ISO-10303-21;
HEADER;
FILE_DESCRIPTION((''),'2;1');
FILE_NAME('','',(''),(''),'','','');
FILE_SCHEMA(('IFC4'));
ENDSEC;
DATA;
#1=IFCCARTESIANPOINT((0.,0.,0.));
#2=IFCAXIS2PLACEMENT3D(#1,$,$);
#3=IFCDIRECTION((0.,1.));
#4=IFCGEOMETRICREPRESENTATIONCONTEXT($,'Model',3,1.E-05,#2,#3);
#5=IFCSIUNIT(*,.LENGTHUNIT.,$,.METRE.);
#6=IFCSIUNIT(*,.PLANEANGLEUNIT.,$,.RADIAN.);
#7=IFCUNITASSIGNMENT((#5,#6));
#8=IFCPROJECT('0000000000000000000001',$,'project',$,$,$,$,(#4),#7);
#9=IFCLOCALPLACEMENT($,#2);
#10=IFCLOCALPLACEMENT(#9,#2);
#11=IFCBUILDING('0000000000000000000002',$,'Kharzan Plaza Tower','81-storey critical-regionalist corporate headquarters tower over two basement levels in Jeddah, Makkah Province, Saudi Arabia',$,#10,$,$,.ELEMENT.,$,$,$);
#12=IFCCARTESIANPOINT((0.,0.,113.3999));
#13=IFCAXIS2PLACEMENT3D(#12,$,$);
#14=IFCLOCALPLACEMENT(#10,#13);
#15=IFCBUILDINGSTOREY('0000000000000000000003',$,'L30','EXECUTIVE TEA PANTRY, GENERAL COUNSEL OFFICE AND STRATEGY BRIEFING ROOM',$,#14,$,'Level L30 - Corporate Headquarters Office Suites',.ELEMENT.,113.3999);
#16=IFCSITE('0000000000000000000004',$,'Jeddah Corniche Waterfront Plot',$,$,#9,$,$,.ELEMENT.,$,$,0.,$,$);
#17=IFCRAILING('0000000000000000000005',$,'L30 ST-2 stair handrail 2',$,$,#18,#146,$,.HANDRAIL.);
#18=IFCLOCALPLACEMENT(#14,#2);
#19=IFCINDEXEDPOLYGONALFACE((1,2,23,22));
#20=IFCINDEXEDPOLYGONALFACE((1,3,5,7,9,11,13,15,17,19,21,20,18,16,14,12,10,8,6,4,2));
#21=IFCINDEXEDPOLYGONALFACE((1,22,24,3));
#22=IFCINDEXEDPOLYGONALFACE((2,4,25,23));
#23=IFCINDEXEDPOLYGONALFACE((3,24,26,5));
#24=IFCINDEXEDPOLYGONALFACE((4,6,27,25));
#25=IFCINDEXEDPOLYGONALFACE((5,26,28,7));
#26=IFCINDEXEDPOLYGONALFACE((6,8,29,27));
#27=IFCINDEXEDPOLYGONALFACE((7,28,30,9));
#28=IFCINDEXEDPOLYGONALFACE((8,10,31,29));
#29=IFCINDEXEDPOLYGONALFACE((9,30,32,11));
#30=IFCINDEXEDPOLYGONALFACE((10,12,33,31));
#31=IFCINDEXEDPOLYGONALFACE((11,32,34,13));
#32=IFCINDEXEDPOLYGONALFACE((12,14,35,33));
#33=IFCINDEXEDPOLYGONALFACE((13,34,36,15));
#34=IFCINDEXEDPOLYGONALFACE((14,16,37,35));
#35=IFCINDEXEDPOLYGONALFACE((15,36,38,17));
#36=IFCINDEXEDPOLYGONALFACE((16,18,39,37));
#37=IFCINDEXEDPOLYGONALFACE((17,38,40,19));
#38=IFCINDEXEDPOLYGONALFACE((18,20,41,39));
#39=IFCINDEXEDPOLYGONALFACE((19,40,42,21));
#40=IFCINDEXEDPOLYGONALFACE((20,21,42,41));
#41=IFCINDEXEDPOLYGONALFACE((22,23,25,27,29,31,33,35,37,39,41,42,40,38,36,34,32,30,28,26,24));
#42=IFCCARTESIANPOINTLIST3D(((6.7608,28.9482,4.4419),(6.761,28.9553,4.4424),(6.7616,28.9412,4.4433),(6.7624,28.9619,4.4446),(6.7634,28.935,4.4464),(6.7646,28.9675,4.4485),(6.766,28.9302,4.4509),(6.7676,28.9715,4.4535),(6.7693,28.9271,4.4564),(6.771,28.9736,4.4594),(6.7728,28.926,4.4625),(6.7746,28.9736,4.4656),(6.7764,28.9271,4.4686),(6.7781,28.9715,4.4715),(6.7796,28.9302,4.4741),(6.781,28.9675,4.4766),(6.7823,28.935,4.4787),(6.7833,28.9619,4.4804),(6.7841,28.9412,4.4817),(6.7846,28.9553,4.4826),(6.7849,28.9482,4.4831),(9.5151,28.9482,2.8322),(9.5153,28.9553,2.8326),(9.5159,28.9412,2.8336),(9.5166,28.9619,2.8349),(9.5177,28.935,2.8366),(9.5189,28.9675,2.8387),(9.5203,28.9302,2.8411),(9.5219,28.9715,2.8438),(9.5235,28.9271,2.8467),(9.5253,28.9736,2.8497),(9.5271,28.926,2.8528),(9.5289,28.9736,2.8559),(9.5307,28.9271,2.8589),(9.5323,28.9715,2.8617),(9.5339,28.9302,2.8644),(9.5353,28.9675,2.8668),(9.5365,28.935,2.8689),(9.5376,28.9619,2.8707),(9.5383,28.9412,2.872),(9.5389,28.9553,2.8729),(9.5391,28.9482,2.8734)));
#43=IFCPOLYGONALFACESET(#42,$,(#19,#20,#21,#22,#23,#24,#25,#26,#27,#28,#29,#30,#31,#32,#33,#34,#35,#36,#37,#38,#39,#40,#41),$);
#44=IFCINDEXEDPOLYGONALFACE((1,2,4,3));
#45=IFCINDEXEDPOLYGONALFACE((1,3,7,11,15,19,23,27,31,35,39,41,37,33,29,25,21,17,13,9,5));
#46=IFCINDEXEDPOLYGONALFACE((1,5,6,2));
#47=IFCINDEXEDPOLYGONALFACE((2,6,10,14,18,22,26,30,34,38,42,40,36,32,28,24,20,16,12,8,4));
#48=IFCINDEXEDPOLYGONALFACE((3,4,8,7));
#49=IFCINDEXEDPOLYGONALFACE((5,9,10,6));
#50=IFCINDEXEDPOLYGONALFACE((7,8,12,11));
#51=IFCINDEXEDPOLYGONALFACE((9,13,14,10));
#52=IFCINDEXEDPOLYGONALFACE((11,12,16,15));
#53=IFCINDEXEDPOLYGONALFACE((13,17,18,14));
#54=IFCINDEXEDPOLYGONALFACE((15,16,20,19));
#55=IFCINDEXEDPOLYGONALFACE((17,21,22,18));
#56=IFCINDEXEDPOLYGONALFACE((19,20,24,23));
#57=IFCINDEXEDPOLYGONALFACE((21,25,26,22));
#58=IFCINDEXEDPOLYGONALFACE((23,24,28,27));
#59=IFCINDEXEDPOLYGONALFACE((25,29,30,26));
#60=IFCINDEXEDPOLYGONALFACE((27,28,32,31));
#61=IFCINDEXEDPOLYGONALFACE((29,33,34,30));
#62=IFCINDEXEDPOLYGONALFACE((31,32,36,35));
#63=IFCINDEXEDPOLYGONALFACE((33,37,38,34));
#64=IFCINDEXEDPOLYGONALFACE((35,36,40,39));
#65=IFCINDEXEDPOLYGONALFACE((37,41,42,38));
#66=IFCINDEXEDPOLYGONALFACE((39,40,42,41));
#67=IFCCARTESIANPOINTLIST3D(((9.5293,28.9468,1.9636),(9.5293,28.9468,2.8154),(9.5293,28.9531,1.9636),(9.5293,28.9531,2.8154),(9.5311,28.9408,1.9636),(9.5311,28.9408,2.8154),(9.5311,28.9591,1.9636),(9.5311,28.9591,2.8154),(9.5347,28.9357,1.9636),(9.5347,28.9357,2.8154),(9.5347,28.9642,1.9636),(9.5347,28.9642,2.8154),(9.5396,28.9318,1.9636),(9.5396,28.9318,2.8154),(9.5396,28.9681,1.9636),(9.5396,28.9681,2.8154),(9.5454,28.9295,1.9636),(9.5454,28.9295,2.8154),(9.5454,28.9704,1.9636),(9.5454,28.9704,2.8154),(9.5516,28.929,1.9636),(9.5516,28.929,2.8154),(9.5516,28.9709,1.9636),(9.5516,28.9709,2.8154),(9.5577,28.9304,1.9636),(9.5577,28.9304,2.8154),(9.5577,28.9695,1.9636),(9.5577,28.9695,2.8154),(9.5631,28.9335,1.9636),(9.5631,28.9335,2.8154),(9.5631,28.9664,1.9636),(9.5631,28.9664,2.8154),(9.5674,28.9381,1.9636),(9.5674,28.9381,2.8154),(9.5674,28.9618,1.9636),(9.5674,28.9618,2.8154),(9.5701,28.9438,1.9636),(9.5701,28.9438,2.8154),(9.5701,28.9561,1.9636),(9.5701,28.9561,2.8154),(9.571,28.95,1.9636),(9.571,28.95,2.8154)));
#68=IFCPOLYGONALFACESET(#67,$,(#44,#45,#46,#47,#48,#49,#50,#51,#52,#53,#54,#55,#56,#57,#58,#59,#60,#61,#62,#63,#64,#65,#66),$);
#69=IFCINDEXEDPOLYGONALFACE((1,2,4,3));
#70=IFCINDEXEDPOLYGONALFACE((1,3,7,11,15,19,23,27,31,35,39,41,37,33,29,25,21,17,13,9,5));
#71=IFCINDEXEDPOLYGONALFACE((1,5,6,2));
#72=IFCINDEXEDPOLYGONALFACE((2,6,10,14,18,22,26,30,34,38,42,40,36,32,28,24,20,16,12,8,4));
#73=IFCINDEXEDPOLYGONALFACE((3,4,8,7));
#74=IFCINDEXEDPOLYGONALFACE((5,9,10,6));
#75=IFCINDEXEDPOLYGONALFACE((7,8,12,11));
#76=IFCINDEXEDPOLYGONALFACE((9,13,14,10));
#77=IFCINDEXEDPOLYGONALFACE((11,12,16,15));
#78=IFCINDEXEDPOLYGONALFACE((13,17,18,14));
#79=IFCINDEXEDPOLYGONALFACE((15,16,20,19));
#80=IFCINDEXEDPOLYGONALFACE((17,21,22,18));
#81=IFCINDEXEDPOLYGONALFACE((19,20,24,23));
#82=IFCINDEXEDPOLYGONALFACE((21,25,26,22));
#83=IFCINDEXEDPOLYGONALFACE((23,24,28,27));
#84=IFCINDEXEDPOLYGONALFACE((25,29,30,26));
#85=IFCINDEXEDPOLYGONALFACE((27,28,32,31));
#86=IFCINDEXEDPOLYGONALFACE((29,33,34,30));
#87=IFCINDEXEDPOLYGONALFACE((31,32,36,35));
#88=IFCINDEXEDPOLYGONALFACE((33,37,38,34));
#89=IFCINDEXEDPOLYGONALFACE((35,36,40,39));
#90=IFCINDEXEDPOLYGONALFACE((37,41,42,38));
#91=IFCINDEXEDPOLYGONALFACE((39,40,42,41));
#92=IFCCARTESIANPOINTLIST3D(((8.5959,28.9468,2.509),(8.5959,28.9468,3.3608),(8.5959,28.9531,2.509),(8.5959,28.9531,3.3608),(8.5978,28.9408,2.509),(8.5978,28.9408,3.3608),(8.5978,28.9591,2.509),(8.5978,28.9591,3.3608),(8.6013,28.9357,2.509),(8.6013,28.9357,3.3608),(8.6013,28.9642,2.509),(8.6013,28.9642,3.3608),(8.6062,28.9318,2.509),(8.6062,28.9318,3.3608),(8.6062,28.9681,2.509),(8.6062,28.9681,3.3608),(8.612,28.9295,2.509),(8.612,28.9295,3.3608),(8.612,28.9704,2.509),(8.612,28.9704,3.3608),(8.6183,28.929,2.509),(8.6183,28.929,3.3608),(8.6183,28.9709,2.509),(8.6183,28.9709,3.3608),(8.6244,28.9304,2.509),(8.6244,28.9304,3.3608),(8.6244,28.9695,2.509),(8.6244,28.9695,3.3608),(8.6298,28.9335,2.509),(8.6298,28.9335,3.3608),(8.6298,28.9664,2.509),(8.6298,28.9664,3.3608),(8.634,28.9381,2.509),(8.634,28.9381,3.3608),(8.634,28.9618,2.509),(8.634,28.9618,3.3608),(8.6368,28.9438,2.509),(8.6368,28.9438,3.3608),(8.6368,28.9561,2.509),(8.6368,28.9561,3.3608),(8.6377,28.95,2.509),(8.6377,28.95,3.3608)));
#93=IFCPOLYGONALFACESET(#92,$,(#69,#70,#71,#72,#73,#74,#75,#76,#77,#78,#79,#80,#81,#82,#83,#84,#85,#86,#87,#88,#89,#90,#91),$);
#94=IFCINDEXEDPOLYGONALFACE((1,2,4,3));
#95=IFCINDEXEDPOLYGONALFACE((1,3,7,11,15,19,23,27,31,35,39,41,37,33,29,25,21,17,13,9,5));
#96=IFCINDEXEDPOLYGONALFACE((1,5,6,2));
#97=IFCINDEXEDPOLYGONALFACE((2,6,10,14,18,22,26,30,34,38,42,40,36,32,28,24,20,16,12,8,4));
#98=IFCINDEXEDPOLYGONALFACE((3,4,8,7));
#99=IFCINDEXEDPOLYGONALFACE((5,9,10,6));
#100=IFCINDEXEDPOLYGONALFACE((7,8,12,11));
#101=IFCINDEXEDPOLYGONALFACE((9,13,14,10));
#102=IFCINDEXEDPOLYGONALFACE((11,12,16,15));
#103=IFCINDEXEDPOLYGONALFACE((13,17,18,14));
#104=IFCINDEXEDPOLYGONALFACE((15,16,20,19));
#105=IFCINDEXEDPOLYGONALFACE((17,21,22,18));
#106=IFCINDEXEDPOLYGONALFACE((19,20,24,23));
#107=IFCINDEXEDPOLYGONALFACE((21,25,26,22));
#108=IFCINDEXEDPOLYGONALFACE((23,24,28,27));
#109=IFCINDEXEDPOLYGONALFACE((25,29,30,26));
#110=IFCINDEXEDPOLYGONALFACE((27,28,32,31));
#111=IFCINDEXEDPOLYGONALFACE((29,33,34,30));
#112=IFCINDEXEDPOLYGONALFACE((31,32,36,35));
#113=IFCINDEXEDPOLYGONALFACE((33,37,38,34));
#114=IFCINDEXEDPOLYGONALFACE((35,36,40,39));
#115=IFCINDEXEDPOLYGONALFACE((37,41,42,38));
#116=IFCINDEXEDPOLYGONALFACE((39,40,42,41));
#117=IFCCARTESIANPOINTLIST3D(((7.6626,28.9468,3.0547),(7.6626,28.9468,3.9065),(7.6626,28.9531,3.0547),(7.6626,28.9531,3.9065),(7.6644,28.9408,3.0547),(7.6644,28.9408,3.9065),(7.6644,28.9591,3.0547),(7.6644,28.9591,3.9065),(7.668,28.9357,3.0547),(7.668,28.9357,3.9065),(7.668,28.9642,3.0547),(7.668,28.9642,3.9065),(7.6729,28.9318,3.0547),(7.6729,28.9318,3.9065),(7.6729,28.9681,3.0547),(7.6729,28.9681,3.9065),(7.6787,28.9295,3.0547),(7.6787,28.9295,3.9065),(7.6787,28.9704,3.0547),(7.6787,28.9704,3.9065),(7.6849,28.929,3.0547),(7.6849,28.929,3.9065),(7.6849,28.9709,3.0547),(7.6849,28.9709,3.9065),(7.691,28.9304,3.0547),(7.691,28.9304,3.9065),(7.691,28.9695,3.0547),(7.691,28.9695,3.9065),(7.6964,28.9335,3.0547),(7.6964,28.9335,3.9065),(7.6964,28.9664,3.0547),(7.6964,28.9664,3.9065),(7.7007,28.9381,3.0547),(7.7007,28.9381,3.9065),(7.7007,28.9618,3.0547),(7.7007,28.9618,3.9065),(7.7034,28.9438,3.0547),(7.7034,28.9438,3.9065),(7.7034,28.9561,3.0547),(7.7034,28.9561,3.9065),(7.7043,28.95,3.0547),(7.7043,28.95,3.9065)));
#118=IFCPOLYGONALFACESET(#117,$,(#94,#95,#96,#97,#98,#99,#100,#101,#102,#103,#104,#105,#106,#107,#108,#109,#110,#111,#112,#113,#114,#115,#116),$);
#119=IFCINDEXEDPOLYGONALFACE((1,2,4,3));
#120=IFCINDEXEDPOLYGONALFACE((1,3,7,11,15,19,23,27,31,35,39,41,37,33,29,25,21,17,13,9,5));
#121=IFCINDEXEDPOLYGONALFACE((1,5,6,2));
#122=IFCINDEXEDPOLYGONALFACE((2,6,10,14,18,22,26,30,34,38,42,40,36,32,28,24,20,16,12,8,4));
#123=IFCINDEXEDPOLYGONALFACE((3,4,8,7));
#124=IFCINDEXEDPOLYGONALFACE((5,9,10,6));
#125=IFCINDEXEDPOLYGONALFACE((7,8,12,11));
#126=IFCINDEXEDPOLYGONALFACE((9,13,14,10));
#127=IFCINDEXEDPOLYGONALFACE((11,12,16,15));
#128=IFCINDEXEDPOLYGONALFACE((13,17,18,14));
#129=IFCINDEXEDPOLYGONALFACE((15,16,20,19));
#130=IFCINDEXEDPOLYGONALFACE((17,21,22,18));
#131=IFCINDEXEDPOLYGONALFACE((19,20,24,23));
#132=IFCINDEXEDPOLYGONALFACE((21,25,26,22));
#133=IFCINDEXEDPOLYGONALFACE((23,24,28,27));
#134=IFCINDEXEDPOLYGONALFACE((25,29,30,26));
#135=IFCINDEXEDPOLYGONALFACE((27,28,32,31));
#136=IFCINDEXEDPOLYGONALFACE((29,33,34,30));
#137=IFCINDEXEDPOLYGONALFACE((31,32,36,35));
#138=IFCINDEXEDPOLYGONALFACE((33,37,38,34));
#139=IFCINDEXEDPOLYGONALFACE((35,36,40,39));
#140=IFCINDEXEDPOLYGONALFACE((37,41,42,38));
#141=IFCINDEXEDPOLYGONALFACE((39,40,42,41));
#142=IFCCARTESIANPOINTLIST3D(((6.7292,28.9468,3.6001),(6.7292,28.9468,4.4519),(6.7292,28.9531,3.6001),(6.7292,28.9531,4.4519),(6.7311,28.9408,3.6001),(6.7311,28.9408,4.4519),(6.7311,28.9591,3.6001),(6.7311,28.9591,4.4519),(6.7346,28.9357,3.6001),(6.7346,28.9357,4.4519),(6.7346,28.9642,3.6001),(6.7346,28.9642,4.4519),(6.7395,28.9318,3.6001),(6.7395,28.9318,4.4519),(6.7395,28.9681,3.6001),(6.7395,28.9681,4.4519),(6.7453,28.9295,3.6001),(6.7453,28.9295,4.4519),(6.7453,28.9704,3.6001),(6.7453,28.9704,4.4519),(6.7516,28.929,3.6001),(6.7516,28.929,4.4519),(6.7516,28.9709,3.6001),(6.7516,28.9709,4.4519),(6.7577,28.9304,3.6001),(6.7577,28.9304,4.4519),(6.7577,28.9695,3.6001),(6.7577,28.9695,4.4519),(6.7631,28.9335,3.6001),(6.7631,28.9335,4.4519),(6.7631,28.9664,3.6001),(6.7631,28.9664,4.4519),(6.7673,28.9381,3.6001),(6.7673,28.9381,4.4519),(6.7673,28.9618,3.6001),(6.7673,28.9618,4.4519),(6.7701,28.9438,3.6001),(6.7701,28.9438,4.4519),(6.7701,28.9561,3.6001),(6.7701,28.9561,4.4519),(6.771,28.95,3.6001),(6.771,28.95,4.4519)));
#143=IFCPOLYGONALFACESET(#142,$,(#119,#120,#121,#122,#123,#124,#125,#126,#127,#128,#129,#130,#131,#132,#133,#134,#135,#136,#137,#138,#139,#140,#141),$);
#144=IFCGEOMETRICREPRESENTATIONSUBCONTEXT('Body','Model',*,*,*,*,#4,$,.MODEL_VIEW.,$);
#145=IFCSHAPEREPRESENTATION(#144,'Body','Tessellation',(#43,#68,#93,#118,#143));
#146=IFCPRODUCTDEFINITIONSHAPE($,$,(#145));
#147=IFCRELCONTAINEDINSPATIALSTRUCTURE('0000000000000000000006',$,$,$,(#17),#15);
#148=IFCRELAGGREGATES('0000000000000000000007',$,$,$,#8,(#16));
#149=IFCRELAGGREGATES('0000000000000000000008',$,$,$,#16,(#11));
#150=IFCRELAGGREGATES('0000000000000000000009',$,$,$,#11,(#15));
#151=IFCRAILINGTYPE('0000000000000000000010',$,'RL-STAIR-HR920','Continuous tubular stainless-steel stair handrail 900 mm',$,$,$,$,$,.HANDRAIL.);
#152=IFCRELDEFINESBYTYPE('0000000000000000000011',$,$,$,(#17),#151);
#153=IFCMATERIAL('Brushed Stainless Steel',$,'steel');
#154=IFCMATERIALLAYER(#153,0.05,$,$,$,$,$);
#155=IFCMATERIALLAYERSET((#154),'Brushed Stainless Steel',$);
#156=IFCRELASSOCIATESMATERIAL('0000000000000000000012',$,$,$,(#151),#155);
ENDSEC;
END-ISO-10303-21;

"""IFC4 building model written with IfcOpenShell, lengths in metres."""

from ifc_helpers import new_model, si_unit, direction, frame, origin, origin_2d, place, context, subcontext, project, spatial, circle, extrude, source, transform, mapped, material, layer, layer_set, type_object, element, save


model = new_model("IFC4")

# Units and contexts
model_context = context("Model", 3, precision=1e-05, world=origin(), true_north=direction((0.0, 1.0)))
body_context = subcontext(model_context, "Body", "Model", "MODEL_VIEW")
ifc_project = project(units=[si_unit("LENGTHUNIT", "METRE"), si_unit("PLANEANGLEUNIT", "RADIAN")], contexts=[model_context])

# Site, building, storey
site_placement = place(None, origin())
site = spatial("IfcSite", under=ifc_project, at=site_placement, Name="Jeddah Corniche Waterfront Plot", CompositionType="ELEMENT", RefElevation=0.0)
building_placement = place(site_placement, origin())
building = spatial("IfcBuilding", under=site, at=building_placement, Name="Kharzan Plaza Tower", Description="81-storey critical-regionalist corporate headquarters tower over two basement levels in Jeddah, Makkah Province, Saudi Arabia", CompositionType="ELEMENT")
storey_placement = place(building_placement, frame((0.0, 0.0, 113.3999)))
storey = spatial("IfcBuildingStorey", under=building, at=storey_placement, Name="L30", Description="EXECUTIVE TEA PANTRY, GENERAL COUNSEL OFFICE AND STRATEGY BRIEFING ROOM", LongName="Level L30 - Corporate Headquarters Office Suites", CompositionType="ELEMENT", Elevation=113.3999)

# Shared definitions
ifc_material_1 = material(Name="Brushed Stainless Steel", Category="steel")

# Railing
ifc_layer_1 = layer(ifc_material_1, 0.05)
ifc_layer_set_1 = layer_set([ifc_layer_1], Name="Brushed Stainless Steel")
railing_type_1 = type_object("IfcRailingType", Name="RL-STAIR-HR920", Description="Continuous tubular stainless-steel stair handrail 900 mm", PredefinedType="HANDRAIL", material=ifc_layer_set_1)
shared_shape_1 = source(origin(), body_context, "Body", "SweptSolid", [
    extrude(circle(Radius=0.0239, at=origin_2d()), frame((-0.0229, 0.0, 0.8892), z_axis=(-0.863361, 0.0, 0.504587), x_axis=(0.0, -1.0, 0.0)), (0.0, 0.0, 1.0), 3.1902),
    extrude(circle(Radius=0.021, at=origin_2d()), origin(), (0.0, 0.0, 1.0), 0.8518),
    extrude(circle(Radius=0.021, at=origin_2d()), frame((-0.9333, 0.0, 0.5454)), (0.0, 0.0, 1.0), 0.8518),
    extrude(circle(Radius=0.021, at=origin_2d()), frame((-1.8667, 0.0, 1.0911)), (0.0, 0.0, 1.0), 0.8518),
    extrude(circle(Radius=0.021, at=origin_2d()), frame((-2.8, 0.0, 1.6365)), (0.0, 0.0, 1.0), 0.8518),
])
railing_1_placement = place(storey_placement, frame((9.55, 28.95, 1.9636)))
element("IfcRailing", 1, at=railing_1_placement, inside=storey, type_object=railing_type_1, Name="L30 ST-2 stair handrail 2", PredefinedType="HANDRAIL", context=body_context, shape_type="MappedRepresentation", body=[
    mapped(shared_shape_1, transform((0.0, 0.0, 0.0), x_axis=(1.0, 0.0, 0.0), y_axis=(0.0, 1.0, 0.0), z_axis=(0.0, 0.0, 1.0))),
])

save(model, "model.ifc")
